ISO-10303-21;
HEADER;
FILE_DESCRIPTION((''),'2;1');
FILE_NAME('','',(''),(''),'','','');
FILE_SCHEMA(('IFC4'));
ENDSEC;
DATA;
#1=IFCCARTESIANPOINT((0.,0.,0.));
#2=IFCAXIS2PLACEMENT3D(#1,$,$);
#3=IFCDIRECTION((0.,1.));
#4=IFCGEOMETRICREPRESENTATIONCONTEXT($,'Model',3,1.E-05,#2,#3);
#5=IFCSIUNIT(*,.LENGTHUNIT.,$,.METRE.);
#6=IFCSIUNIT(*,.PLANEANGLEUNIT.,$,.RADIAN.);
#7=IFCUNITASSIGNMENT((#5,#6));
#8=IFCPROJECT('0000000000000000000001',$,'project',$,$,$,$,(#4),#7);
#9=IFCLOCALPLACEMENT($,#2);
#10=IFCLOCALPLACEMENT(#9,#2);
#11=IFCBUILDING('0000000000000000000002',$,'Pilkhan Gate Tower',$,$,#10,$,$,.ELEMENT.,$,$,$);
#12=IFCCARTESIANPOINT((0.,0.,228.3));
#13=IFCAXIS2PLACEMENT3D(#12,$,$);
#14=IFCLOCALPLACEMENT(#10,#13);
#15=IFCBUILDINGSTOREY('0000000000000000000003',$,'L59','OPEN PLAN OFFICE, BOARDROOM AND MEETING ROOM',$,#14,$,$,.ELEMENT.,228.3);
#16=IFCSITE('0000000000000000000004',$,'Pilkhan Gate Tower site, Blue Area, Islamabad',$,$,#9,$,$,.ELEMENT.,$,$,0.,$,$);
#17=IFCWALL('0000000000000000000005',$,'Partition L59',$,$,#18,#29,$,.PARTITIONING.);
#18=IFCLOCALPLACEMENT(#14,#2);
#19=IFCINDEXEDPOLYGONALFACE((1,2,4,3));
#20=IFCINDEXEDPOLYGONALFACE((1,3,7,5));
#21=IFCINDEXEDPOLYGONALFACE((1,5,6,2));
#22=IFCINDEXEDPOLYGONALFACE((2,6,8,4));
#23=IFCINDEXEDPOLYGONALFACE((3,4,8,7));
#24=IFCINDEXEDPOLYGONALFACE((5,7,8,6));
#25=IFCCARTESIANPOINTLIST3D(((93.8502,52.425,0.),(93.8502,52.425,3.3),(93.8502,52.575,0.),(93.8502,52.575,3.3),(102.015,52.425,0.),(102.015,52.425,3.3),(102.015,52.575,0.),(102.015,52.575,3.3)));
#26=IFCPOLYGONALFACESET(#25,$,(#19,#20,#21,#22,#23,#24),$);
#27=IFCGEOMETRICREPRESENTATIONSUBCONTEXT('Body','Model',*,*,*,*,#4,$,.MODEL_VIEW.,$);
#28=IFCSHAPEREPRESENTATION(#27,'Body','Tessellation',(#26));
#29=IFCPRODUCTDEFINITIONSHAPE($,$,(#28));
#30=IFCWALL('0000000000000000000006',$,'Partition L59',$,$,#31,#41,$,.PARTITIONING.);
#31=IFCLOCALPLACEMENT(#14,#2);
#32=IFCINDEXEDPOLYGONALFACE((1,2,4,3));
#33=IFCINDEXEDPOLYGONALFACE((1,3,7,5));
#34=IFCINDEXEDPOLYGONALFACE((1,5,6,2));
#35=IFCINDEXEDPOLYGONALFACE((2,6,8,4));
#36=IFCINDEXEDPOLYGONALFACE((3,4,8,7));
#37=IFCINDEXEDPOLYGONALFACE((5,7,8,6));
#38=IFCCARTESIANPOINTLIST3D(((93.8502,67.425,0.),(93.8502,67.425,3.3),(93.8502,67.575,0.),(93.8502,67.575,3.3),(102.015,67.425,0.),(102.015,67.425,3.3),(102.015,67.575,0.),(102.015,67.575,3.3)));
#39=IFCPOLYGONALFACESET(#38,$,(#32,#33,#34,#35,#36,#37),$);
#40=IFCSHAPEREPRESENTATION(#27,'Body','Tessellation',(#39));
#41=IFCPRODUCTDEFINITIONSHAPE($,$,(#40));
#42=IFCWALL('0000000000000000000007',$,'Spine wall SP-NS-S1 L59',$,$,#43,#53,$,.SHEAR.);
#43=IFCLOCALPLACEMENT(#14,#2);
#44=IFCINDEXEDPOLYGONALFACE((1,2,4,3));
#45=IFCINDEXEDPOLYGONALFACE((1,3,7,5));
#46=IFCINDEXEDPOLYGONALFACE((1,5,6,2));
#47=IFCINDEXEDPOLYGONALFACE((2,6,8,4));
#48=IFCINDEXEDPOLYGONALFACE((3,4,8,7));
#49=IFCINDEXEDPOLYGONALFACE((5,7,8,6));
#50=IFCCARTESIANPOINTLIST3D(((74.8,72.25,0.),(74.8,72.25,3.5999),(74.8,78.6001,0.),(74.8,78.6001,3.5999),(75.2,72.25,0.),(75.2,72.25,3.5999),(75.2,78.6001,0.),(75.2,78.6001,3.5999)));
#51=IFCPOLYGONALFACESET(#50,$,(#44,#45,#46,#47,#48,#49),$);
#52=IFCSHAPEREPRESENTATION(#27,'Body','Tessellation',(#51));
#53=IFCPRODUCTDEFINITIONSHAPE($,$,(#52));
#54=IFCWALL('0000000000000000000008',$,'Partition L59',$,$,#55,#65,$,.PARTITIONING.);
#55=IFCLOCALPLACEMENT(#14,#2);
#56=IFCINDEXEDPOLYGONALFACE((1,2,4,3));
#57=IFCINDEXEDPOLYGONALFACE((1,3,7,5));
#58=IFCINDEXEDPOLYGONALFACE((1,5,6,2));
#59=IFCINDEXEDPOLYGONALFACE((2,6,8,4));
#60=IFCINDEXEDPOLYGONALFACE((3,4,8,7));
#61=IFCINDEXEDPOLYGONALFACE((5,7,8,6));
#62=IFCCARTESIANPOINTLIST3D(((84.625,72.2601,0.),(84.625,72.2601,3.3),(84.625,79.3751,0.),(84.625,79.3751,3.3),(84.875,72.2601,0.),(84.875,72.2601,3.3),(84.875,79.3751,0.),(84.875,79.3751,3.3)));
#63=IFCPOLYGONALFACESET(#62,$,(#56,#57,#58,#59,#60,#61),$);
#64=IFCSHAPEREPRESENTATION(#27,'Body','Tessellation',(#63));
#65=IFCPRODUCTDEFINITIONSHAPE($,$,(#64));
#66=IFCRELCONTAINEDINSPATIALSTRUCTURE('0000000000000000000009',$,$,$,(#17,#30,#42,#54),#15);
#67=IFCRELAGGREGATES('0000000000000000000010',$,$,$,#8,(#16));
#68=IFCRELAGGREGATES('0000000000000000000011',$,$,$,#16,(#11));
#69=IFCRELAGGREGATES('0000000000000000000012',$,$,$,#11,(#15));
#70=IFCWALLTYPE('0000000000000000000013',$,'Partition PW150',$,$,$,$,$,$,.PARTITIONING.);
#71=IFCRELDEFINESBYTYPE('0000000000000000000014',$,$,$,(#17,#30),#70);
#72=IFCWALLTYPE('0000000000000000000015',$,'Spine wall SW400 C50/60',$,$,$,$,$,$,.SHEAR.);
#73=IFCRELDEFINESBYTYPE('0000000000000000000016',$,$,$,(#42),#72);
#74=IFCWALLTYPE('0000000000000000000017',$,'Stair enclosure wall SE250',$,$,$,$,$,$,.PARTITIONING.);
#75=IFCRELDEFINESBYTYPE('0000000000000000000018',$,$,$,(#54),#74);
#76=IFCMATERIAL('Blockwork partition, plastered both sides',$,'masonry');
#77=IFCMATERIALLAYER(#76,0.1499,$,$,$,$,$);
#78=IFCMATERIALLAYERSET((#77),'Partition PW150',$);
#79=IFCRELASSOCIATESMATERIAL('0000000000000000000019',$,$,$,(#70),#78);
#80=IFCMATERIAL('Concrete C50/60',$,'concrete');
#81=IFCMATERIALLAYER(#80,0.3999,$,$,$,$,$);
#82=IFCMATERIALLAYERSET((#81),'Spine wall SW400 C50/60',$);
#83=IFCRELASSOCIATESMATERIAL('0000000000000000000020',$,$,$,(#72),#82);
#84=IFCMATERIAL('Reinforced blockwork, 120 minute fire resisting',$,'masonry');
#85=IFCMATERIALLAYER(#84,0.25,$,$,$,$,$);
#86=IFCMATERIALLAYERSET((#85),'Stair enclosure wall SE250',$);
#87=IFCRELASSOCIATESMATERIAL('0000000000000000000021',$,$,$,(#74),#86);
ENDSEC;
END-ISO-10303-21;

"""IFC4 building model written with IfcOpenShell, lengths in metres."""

from ifc_helpers import new_model, si_unit, direction, frame, frame_2d, origin, place, context, subcontext, project, spatial, rectangle, extrude, material, layer, layer_set, type_object, element, save


model = new_model("IFC4")

# Units and contexts
model_context = context("Model", 3, precision=1e-05, world=origin(), true_north=direction((0.0, 1.0)))
body_context = subcontext(model_context, "Body", "Model", "MODEL_VIEW")
ifc_project = project(units=[si_unit("LENGTHUNIT", "METRE"), si_unit("PLANEANGLEUNIT", "RADIAN")], contexts=[model_context])

# Site, building, storey
site_placement = place(None, origin())
site = spatial("IfcSite", under=ifc_project, at=site_placement, Name="Pilkhan Gate Tower site, Blue Area, Islamabad", CompositionType="ELEMENT", RefElevation=0.0)
building_placement = place(site_placement, origin())
building = spatial("IfcBuilding", under=site, at=building_placement, Name="Pilkhan Gate Tower", CompositionType="ELEMENT")
storey_placement = place(building_placement, frame((0.0, 0.0, 228.3)))
storey = spatial("IfcBuildingStorey", under=building, at=storey_placement, Name="L59", Description="OPEN PLAN OFFICE, BOARDROOM AND MEETING ROOM", CompositionType="ELEMENT", Elevation=228.3)

# Shared definitions
ifc_material_1 = material(Name="Concrete C50/60", Category="concrete")

# Walls
ifc_material_2 = material(Name="Blockwork partition, plastered both sides", Category="masonry")
ifc_layer_1 = layer(ifc_material_2, 0.1499)
ifc_layer_set_1 = layer_set([ifc_layer_1], Name="Partition PW150")
wall_type_1 = type_object("IfcWallType", Name="Partition PW150", PredefinedType="PARTITIONING", material=ifc_layer_set_1)
for number, where, z_axis, x_axis, name in (
    (1, (93.8501, 52.5, 0.0), (0.0, 0.0, 1.0), (1.0, 0.0, 0.0), "Partition L59"),
    (2, (93.8501, 67.5, 0.0), (0.0, 0.0, 1.0), (1.0, 0.0, 0.0), "Partition L59"),
):
    element("IfcWall", number, at=place(storey_placement, frame(where, z_axis=z_axis, x_axis=x_axis)), inside=storey, type_object=wall_type_1, Name=name, PredefinedType="PARTITIONING", context=body_context, shape_type="SweptSolid", body=[
        extrude(rectangle(XDim=8.1648, YDim=0.1499, at=frame_2d((4.0825, 0.0))), origin(), (0.0, 0.0, 1.0), 3.3),
    ])
ifc_layer_2 = layer(ifc_material_1, 0.3999)
ifc_layer_set_2 = layer_set([ifc_layer_2], Name="Spine wall SW400 C50/60")
wall_type_2 = type_object("IfcWallType", Name="Spine wall SW400 C50/60", PredefinedType="SHEAR", material=ifc_layer_set_2)
wall_1_placement = place(storey_placement, frame((75.0, 72.25, 0.0), z_axis=(0.0, 0.0, 1.0), x_axis=(0.0, 1.0, 0.0)))
element("IfcWall", 3, at=wall_1_placement, inside=storey, type_object=wall_type_2, Name="Spine wall SP-NS-S1 L59", PredefinedType="SHEAR", context=body_context, shape_type="SweptSolid", body=[
    extrude(rectangle(XDim=6.3501, YDim=0.3999, at=frame_2d((3.175, 0.0))), origin(), (0.0, 0.0, 1.0), 3.5999),
])
ifc_material_3 = material(Name="Reinforced blockwork, 120 minute fire resisting", Category="masonry")
ifc_layer_3 = layer(ifc_material_3, 0.25)
ifc_layer_set_3 = layer_set([ifc_layer_3], Name="Stair enclosure wall SE250")
wall_type_3 = type_object("IfcWallType", Name="Stair enclosure wall SE250", PredefinedType="PARTITIONING", material=ifc_layer_set_3)
wall_2_placement = place(storey_placement, frame((84.75, 72.26, 0.0), z_axis=(0.0, 0.0, 1.0), x_axis=(0.0, 1.0, 0.0)))
element("IfcWall", 4, at=wall_2_placement, inside=storey, type_object=wall_type_3, Name="Partition L59", PredefinedType="PARTITIONING", context=body_context, shape_type="SweptSolid", body=[
    extrude(rectangle(XDim=7.115, YDim=0.25, at=frame_2d((3.5576, 0.0))), origin(), (0.0, 0.0, 1.0), 3.3),
])

save(model, "model.ifc")
